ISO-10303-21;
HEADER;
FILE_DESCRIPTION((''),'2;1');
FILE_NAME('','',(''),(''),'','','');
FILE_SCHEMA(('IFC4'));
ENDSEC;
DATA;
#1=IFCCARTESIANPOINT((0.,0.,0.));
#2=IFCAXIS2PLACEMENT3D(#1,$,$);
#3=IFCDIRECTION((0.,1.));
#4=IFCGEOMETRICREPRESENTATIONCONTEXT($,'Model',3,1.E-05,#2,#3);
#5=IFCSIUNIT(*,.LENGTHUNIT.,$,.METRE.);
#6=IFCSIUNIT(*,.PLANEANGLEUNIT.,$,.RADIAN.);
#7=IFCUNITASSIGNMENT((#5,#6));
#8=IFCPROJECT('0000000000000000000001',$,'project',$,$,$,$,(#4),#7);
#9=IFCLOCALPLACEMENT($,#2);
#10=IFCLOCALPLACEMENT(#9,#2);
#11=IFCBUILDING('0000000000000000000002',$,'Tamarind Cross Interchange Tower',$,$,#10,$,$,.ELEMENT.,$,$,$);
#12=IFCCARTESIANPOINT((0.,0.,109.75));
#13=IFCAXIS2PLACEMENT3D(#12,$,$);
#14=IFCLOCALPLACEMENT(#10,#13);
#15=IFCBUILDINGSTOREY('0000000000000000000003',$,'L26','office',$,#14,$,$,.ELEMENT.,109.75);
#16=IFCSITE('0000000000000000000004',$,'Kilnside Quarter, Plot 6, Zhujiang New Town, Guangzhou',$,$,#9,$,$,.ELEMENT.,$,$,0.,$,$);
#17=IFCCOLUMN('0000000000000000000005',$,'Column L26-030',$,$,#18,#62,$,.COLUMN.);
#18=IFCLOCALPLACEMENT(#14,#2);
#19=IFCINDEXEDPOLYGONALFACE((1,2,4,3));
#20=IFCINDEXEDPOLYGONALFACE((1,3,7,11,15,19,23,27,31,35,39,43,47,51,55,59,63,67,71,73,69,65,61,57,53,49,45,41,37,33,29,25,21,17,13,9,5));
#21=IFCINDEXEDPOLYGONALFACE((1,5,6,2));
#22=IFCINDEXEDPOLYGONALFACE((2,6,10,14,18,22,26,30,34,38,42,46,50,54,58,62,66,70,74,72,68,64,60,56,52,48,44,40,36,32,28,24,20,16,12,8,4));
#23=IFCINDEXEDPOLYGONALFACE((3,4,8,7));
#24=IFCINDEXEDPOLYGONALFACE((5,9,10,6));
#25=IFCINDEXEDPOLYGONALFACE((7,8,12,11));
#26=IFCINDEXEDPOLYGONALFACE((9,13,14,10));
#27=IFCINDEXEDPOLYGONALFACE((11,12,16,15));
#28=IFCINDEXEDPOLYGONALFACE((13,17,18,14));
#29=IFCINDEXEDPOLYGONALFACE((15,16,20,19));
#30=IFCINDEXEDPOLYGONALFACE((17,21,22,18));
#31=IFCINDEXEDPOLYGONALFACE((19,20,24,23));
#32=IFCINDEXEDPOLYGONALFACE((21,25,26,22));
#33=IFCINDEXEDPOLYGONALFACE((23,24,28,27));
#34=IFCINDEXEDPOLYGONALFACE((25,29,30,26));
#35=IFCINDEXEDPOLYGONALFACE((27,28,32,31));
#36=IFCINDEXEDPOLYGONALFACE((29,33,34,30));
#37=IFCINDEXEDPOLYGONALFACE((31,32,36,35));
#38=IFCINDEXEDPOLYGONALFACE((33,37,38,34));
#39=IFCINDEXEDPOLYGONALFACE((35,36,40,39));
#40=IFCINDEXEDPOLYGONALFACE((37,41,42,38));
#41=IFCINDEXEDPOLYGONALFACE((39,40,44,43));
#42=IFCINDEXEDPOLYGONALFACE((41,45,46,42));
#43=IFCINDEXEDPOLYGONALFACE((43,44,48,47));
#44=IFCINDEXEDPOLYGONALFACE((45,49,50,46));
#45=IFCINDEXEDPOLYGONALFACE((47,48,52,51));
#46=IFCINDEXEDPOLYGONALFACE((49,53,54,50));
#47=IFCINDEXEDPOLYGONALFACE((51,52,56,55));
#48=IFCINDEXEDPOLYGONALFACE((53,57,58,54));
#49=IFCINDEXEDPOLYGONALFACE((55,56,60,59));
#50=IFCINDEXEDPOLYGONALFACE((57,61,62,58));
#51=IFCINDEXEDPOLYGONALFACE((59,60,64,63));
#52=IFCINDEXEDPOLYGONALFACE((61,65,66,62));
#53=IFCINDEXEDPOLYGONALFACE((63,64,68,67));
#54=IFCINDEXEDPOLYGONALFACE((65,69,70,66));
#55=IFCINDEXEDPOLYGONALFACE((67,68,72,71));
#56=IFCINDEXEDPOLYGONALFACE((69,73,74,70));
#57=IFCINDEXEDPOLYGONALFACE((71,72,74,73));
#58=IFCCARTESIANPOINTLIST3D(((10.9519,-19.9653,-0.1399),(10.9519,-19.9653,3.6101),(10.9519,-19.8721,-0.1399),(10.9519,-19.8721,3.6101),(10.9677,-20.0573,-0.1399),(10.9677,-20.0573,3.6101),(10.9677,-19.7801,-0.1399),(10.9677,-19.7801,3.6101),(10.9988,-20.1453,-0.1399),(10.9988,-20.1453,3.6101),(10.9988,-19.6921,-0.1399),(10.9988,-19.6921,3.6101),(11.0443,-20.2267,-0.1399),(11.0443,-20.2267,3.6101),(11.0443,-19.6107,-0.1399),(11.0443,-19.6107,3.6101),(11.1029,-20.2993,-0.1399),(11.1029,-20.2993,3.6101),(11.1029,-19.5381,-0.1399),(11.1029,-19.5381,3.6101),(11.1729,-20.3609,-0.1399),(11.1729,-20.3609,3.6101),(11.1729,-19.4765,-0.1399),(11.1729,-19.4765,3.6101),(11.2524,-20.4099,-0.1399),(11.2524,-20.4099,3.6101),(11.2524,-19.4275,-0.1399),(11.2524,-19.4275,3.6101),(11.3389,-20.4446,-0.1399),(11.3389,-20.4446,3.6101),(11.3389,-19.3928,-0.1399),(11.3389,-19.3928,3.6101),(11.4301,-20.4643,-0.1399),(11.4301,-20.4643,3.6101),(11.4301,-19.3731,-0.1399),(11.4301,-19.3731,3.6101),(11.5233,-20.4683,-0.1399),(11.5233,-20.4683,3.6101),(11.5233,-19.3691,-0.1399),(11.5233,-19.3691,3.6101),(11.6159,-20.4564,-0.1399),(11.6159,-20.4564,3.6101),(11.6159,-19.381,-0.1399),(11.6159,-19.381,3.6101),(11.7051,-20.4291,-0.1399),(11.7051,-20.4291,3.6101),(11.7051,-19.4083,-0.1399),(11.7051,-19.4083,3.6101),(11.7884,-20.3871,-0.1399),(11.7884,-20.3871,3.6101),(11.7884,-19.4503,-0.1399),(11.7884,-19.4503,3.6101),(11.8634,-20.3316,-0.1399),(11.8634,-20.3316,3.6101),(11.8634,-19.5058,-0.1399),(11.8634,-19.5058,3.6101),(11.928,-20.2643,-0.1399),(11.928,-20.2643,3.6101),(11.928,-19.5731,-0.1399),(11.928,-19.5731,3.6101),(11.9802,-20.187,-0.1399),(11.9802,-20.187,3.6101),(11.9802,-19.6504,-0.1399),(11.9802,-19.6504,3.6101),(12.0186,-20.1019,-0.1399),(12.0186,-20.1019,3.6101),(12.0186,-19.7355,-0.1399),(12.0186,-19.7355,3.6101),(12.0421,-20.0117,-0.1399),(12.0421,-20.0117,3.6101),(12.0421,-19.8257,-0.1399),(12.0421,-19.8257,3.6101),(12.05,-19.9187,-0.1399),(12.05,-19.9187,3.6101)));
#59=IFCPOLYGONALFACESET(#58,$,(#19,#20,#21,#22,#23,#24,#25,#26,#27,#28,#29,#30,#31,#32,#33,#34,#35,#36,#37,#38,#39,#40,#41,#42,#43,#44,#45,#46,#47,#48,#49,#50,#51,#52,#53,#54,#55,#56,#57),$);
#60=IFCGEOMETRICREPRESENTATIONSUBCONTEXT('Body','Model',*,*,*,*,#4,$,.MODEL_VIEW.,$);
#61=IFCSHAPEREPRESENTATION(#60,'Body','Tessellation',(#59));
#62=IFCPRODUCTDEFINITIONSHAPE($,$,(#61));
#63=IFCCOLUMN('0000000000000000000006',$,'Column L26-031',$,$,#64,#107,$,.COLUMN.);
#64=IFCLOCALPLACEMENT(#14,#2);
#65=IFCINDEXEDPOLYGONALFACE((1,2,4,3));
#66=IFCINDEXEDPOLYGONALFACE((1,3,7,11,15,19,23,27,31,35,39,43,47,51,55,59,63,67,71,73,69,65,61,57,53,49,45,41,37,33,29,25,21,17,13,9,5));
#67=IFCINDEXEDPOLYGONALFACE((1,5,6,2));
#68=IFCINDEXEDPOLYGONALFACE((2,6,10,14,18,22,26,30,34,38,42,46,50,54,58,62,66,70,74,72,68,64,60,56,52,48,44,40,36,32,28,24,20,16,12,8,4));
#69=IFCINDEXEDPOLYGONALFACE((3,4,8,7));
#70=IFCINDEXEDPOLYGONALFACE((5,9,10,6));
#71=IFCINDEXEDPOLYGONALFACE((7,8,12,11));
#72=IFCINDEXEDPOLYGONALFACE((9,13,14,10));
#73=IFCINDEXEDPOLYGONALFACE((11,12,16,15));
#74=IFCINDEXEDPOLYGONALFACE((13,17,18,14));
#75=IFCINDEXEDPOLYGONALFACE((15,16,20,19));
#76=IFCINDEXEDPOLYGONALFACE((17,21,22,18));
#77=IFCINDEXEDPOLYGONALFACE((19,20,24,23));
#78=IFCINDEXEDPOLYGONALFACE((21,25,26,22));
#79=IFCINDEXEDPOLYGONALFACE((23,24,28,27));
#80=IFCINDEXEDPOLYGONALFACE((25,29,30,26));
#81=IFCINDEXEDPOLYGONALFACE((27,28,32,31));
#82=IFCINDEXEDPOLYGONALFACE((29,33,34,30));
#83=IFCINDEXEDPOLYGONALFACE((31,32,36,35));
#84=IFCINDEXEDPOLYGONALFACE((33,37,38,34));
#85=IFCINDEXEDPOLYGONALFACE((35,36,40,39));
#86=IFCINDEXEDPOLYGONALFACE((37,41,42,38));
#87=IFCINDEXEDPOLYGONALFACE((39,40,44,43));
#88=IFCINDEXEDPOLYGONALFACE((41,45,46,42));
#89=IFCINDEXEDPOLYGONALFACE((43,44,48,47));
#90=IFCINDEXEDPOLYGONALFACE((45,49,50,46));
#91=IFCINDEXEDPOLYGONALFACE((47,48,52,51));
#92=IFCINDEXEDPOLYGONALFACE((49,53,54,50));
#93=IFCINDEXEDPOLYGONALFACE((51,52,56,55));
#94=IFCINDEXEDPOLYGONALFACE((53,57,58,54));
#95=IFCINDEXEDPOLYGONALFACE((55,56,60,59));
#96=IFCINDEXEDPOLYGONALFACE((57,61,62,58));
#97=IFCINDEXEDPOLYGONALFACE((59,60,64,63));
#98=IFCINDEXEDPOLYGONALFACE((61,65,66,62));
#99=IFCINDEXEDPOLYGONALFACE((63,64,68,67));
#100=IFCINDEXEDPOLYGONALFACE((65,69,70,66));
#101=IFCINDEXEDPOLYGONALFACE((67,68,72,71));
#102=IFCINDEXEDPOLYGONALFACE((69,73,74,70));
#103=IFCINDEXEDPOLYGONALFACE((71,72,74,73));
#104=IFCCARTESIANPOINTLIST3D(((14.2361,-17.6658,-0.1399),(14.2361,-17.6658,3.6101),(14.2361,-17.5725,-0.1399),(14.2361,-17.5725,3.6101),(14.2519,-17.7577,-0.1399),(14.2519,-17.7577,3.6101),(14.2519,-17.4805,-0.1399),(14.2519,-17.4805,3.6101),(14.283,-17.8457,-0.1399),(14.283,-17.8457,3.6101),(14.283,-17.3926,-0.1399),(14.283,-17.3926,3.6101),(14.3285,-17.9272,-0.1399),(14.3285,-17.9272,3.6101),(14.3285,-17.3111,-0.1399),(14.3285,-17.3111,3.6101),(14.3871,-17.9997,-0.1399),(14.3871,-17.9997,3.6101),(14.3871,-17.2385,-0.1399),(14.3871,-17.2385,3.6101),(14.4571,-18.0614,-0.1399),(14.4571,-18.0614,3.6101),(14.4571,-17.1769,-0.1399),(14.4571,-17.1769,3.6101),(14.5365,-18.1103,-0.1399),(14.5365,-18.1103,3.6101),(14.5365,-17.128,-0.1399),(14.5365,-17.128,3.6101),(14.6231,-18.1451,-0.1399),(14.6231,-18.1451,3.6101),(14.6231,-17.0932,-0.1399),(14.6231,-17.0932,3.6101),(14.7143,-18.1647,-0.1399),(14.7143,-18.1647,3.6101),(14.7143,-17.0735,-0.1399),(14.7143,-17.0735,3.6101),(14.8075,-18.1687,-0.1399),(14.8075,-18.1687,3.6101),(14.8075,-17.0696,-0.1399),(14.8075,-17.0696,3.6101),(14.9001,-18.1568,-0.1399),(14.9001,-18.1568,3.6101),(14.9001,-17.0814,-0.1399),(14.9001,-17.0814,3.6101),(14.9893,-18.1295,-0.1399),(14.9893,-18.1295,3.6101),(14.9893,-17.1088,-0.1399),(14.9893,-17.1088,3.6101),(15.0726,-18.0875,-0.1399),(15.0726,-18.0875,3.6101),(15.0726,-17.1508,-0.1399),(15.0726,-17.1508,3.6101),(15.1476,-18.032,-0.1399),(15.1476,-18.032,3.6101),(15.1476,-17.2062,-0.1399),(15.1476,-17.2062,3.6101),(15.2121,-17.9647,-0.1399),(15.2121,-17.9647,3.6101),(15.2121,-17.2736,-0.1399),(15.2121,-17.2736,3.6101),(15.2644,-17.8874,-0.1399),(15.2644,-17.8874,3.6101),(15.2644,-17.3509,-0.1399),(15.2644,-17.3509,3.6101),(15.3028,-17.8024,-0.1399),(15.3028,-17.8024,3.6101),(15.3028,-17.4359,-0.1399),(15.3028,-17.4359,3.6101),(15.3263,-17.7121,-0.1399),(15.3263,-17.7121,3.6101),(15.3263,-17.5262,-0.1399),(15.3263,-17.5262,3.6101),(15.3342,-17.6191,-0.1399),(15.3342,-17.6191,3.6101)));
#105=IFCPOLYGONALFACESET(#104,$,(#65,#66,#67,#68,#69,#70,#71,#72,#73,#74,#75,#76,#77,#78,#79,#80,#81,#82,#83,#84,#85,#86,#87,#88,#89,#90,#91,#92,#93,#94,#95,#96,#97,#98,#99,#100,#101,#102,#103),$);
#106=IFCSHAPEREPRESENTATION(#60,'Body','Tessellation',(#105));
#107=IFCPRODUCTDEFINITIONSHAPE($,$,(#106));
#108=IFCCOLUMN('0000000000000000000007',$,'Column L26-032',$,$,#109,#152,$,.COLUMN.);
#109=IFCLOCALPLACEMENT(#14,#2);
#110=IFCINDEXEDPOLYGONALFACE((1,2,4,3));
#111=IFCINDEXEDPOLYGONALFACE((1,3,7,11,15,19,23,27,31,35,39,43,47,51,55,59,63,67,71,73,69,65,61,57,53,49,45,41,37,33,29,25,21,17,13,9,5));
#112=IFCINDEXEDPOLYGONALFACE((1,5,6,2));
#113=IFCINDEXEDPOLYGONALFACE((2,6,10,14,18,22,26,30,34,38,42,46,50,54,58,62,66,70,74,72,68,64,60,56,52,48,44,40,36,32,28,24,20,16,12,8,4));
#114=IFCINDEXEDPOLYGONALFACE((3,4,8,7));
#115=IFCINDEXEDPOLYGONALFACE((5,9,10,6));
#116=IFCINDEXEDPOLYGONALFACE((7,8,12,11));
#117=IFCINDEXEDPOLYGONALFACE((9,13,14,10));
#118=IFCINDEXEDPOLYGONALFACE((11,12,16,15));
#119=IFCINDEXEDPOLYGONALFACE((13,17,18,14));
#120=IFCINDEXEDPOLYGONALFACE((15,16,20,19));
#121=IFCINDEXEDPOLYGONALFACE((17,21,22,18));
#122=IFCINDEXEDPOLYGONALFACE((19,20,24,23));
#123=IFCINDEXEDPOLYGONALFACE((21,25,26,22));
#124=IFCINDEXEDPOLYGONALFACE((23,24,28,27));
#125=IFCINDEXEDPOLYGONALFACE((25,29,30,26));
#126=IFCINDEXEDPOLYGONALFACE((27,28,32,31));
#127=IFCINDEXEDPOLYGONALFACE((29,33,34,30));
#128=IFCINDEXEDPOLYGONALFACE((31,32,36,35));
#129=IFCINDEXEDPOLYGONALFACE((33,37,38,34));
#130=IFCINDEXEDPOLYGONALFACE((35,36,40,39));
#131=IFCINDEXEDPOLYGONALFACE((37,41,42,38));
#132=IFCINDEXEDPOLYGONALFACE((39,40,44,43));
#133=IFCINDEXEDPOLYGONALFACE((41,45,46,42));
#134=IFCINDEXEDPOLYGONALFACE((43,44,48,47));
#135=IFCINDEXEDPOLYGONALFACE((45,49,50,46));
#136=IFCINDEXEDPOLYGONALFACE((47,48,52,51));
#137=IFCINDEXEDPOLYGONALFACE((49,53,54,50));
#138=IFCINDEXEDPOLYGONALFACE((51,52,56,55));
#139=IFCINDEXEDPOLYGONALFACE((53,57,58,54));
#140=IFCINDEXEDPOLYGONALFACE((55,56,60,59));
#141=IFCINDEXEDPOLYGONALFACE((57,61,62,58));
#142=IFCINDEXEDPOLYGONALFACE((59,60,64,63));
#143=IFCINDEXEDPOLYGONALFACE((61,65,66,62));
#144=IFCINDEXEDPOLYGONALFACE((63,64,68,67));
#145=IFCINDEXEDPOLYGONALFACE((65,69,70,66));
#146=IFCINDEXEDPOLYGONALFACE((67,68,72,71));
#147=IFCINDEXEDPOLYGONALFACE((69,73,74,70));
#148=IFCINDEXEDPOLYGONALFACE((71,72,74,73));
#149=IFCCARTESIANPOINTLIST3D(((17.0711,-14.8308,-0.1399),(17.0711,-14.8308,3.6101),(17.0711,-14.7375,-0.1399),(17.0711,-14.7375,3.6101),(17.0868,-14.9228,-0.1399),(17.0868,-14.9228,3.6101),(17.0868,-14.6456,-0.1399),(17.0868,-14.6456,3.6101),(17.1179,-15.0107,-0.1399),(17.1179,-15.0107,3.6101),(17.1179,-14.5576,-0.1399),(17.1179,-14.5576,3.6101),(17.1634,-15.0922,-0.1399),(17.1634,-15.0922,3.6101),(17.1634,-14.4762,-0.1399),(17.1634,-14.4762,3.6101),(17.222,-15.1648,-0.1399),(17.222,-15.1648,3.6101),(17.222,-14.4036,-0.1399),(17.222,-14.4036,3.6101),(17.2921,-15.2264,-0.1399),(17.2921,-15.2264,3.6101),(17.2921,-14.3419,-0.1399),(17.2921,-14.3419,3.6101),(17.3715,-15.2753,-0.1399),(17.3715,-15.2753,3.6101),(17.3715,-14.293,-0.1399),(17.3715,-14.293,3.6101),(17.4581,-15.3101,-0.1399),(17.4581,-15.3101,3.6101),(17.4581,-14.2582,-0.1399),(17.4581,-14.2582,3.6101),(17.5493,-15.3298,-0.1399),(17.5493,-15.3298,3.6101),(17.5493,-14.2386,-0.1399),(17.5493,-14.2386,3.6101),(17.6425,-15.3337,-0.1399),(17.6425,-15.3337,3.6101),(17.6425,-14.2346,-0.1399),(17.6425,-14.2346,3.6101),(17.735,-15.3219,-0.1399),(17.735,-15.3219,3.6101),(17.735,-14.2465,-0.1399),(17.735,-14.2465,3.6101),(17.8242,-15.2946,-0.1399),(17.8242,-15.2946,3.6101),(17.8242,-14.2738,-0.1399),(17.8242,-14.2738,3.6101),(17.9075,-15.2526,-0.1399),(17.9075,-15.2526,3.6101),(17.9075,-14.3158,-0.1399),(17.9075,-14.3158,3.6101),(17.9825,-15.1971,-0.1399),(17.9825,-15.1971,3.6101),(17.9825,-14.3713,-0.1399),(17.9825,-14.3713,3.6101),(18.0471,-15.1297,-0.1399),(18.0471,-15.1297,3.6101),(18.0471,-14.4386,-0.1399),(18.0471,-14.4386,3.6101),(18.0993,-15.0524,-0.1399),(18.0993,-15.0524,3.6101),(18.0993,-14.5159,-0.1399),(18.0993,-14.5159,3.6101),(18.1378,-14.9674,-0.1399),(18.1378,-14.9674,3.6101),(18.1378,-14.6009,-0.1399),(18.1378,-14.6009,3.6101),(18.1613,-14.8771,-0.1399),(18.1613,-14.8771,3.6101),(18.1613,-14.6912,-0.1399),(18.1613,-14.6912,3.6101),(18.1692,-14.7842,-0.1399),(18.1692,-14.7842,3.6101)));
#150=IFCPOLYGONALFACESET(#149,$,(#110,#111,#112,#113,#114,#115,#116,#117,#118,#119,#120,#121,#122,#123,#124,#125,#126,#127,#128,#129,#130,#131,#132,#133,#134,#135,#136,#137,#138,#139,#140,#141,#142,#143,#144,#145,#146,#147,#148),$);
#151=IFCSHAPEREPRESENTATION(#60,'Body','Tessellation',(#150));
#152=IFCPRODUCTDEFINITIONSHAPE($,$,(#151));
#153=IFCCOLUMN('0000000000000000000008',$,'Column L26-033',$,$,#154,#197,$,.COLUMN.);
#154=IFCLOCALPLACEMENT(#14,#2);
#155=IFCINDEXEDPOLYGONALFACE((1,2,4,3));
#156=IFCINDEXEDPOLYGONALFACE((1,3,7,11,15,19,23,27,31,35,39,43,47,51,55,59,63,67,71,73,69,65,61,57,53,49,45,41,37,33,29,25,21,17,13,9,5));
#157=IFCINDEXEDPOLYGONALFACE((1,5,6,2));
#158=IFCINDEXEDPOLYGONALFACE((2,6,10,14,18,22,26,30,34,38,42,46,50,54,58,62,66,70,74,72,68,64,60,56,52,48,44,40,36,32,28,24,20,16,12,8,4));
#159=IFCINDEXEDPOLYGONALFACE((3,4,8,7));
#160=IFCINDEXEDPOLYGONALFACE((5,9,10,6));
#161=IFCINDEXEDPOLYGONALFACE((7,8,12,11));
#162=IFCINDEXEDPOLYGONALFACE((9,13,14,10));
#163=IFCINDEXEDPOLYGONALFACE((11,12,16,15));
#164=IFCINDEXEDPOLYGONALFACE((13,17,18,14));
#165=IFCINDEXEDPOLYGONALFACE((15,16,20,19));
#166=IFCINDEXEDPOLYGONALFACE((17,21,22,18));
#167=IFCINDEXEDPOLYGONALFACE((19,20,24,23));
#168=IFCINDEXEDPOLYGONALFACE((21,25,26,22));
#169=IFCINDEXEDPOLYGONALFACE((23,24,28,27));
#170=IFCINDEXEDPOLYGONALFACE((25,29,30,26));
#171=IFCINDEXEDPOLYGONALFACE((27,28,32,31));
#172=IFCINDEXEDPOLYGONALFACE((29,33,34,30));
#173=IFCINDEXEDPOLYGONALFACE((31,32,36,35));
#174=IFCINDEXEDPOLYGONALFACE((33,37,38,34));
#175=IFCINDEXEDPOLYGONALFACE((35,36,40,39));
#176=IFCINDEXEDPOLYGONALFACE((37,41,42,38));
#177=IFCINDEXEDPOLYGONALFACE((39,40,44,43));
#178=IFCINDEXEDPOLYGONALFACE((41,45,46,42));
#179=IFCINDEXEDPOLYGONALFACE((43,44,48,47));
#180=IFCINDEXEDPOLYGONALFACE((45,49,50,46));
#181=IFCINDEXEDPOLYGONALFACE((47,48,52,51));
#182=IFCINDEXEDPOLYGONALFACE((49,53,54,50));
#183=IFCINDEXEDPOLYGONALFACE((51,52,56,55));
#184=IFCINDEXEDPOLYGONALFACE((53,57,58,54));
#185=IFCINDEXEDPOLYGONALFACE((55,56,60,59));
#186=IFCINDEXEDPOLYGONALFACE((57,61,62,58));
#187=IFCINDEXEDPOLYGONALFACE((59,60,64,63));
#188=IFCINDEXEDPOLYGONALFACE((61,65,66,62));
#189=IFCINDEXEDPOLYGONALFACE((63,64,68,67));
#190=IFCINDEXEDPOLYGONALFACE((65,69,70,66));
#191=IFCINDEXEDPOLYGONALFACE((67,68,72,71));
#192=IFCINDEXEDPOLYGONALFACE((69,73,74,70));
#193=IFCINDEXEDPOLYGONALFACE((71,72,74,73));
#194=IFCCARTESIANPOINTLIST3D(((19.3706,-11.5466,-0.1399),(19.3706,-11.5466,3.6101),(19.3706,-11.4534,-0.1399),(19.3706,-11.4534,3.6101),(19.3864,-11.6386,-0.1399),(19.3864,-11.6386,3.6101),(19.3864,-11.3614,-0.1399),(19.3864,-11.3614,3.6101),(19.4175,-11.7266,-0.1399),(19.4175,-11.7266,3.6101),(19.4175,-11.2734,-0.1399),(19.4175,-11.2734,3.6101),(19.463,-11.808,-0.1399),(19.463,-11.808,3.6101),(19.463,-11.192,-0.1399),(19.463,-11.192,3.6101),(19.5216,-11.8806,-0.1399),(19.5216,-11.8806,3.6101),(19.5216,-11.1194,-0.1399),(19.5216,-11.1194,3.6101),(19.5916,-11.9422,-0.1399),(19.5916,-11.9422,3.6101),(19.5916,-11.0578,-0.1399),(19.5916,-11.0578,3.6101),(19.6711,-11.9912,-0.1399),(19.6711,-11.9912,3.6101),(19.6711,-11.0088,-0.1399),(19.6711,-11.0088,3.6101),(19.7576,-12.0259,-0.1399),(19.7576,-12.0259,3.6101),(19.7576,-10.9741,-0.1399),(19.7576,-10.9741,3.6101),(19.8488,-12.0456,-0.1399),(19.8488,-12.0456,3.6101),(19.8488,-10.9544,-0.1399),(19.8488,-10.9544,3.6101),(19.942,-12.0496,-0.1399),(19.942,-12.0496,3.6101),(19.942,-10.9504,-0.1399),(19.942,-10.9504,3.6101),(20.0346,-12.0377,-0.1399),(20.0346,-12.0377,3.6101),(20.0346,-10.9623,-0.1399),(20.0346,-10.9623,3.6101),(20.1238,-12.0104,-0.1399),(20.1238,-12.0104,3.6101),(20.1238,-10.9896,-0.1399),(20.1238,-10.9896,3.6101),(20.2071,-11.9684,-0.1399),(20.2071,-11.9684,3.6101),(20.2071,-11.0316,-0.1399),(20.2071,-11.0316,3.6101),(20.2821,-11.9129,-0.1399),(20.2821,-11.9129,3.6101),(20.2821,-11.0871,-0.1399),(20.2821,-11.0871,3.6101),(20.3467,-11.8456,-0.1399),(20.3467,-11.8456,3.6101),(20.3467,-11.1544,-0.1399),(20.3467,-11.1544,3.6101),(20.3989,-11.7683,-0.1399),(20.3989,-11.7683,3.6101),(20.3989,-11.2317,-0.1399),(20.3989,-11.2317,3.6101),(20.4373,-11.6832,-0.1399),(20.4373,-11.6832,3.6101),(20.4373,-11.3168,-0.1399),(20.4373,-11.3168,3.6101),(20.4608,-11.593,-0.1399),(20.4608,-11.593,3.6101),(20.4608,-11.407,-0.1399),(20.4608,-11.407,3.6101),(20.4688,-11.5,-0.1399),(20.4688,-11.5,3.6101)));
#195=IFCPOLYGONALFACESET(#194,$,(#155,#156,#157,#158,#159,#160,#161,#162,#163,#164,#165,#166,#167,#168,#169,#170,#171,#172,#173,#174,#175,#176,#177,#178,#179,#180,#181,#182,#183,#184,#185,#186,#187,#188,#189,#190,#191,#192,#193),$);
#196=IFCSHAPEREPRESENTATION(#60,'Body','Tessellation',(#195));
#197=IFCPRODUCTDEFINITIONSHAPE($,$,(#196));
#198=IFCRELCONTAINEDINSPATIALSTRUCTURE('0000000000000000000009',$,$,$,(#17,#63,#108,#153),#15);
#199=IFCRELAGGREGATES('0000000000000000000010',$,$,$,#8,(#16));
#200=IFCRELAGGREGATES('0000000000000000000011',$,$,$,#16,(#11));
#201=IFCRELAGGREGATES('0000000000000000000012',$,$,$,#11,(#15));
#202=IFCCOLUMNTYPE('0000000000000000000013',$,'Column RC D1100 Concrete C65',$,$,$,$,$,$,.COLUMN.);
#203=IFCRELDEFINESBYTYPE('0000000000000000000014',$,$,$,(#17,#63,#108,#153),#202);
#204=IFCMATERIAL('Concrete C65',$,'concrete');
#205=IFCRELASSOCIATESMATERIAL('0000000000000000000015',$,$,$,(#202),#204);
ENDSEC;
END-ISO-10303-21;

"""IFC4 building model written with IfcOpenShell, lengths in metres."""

from ifc_helpers import new_model, si_unit, direction, frame, origin, origin_2d, place, context, subcontext, project, spatial, circle, extrude, material, material_profile, profile_set, type_object, element, save


model = new_model("IFC4")

# Units and contexts
model_context = context("Model", 3, precision=1e-05, world=origin(), true_north=direction((0.0, 1.0)))
body_context = subcontext(model_context, "Body", "Model", "MODEL_VIEW")
ifc_project = project(units=[si_unit("LENGTHUNIT", "METRE"), si_unit("PLANEANGLEUNIT", "RADIAN")], contexts=[model_context])

# Site, building, storey
site_placement = place(None, origin())
site = spatial("IfcSite", under=ifc_project, at=site_placement, Name="Kilnside Quarter, Plot 6, Zhujiang New Town, Guangzhou", CompositionType="ELEMENT", RefElevation=0.0)
building_placement = place(site_placement, origin())
building = spatial("IfcBuilding", under=site, at=building_placement, Name="Tamarind Cross Interchange Tower", CompositionType="ELEMENT")
storey_placement = place(building_placement, frame((0.0, 0.0, 109.75)))
storey = spatial("IfcBuildingStorey", under=building, at=storey_placement, Name="L26", Description="office", CompositionType="ELEMENT", Elevation=109.75)

# Columns
ifc_material_1 = material(Name="Concrete C65", Category="concrete")
ifc_material_profile_1 = material_profile(ifc_material_1, circle(Radius=0.55, at=origin_2d()), Name="RC D1100")
ifc_profile_set_1 = profile_set([ifc_material_profile_1], Name="Concrete C65")
column_type = type_object("IfcColumnType", Name="Column RC D1100 Concrete C65", PredefinedType="COLUMN", material=ifc_profile_set_1)
for number, where, z_axis, x_axis, name in (
    (1, (11.5, -19.9187, -0.1399), (0.0, 0.0, 1.0), (1.0, 0.0, 0.0), "Column L26-030"),
    (2, (14.7842, -17.6191, -0.1399), (0.0, 0.0, 1.0), (1.0, 0.0, 0.0), "Column L26-031"),
    (3, (17.6191, -14.7842, -0.1399), (0.0, 0.0, 1.0), (1.0, 0.0, 0.0), "Column L26-032"),
    (4, (19.9187, -11.5, -0.1399), (0.0, 0.0, 1.0), (1.0, 0.0, 0.0), "Column L26-033"),
):
    element("IfcColumn", number, at=place(storey_placement, frame(where, z_axis=z_axis, x_axis=x_axis)), inside=storey, type_object=column_type, Name=name, PredefinedType="COLUMN", context=body_context, shape_type="SweptSolid", body=[
        extrude(circle(Radius=0.55, at=origin_2d()), origin(), (0.0, 0.0, 1.0), 3.75),
    ])

save(model, "model.ifc")
